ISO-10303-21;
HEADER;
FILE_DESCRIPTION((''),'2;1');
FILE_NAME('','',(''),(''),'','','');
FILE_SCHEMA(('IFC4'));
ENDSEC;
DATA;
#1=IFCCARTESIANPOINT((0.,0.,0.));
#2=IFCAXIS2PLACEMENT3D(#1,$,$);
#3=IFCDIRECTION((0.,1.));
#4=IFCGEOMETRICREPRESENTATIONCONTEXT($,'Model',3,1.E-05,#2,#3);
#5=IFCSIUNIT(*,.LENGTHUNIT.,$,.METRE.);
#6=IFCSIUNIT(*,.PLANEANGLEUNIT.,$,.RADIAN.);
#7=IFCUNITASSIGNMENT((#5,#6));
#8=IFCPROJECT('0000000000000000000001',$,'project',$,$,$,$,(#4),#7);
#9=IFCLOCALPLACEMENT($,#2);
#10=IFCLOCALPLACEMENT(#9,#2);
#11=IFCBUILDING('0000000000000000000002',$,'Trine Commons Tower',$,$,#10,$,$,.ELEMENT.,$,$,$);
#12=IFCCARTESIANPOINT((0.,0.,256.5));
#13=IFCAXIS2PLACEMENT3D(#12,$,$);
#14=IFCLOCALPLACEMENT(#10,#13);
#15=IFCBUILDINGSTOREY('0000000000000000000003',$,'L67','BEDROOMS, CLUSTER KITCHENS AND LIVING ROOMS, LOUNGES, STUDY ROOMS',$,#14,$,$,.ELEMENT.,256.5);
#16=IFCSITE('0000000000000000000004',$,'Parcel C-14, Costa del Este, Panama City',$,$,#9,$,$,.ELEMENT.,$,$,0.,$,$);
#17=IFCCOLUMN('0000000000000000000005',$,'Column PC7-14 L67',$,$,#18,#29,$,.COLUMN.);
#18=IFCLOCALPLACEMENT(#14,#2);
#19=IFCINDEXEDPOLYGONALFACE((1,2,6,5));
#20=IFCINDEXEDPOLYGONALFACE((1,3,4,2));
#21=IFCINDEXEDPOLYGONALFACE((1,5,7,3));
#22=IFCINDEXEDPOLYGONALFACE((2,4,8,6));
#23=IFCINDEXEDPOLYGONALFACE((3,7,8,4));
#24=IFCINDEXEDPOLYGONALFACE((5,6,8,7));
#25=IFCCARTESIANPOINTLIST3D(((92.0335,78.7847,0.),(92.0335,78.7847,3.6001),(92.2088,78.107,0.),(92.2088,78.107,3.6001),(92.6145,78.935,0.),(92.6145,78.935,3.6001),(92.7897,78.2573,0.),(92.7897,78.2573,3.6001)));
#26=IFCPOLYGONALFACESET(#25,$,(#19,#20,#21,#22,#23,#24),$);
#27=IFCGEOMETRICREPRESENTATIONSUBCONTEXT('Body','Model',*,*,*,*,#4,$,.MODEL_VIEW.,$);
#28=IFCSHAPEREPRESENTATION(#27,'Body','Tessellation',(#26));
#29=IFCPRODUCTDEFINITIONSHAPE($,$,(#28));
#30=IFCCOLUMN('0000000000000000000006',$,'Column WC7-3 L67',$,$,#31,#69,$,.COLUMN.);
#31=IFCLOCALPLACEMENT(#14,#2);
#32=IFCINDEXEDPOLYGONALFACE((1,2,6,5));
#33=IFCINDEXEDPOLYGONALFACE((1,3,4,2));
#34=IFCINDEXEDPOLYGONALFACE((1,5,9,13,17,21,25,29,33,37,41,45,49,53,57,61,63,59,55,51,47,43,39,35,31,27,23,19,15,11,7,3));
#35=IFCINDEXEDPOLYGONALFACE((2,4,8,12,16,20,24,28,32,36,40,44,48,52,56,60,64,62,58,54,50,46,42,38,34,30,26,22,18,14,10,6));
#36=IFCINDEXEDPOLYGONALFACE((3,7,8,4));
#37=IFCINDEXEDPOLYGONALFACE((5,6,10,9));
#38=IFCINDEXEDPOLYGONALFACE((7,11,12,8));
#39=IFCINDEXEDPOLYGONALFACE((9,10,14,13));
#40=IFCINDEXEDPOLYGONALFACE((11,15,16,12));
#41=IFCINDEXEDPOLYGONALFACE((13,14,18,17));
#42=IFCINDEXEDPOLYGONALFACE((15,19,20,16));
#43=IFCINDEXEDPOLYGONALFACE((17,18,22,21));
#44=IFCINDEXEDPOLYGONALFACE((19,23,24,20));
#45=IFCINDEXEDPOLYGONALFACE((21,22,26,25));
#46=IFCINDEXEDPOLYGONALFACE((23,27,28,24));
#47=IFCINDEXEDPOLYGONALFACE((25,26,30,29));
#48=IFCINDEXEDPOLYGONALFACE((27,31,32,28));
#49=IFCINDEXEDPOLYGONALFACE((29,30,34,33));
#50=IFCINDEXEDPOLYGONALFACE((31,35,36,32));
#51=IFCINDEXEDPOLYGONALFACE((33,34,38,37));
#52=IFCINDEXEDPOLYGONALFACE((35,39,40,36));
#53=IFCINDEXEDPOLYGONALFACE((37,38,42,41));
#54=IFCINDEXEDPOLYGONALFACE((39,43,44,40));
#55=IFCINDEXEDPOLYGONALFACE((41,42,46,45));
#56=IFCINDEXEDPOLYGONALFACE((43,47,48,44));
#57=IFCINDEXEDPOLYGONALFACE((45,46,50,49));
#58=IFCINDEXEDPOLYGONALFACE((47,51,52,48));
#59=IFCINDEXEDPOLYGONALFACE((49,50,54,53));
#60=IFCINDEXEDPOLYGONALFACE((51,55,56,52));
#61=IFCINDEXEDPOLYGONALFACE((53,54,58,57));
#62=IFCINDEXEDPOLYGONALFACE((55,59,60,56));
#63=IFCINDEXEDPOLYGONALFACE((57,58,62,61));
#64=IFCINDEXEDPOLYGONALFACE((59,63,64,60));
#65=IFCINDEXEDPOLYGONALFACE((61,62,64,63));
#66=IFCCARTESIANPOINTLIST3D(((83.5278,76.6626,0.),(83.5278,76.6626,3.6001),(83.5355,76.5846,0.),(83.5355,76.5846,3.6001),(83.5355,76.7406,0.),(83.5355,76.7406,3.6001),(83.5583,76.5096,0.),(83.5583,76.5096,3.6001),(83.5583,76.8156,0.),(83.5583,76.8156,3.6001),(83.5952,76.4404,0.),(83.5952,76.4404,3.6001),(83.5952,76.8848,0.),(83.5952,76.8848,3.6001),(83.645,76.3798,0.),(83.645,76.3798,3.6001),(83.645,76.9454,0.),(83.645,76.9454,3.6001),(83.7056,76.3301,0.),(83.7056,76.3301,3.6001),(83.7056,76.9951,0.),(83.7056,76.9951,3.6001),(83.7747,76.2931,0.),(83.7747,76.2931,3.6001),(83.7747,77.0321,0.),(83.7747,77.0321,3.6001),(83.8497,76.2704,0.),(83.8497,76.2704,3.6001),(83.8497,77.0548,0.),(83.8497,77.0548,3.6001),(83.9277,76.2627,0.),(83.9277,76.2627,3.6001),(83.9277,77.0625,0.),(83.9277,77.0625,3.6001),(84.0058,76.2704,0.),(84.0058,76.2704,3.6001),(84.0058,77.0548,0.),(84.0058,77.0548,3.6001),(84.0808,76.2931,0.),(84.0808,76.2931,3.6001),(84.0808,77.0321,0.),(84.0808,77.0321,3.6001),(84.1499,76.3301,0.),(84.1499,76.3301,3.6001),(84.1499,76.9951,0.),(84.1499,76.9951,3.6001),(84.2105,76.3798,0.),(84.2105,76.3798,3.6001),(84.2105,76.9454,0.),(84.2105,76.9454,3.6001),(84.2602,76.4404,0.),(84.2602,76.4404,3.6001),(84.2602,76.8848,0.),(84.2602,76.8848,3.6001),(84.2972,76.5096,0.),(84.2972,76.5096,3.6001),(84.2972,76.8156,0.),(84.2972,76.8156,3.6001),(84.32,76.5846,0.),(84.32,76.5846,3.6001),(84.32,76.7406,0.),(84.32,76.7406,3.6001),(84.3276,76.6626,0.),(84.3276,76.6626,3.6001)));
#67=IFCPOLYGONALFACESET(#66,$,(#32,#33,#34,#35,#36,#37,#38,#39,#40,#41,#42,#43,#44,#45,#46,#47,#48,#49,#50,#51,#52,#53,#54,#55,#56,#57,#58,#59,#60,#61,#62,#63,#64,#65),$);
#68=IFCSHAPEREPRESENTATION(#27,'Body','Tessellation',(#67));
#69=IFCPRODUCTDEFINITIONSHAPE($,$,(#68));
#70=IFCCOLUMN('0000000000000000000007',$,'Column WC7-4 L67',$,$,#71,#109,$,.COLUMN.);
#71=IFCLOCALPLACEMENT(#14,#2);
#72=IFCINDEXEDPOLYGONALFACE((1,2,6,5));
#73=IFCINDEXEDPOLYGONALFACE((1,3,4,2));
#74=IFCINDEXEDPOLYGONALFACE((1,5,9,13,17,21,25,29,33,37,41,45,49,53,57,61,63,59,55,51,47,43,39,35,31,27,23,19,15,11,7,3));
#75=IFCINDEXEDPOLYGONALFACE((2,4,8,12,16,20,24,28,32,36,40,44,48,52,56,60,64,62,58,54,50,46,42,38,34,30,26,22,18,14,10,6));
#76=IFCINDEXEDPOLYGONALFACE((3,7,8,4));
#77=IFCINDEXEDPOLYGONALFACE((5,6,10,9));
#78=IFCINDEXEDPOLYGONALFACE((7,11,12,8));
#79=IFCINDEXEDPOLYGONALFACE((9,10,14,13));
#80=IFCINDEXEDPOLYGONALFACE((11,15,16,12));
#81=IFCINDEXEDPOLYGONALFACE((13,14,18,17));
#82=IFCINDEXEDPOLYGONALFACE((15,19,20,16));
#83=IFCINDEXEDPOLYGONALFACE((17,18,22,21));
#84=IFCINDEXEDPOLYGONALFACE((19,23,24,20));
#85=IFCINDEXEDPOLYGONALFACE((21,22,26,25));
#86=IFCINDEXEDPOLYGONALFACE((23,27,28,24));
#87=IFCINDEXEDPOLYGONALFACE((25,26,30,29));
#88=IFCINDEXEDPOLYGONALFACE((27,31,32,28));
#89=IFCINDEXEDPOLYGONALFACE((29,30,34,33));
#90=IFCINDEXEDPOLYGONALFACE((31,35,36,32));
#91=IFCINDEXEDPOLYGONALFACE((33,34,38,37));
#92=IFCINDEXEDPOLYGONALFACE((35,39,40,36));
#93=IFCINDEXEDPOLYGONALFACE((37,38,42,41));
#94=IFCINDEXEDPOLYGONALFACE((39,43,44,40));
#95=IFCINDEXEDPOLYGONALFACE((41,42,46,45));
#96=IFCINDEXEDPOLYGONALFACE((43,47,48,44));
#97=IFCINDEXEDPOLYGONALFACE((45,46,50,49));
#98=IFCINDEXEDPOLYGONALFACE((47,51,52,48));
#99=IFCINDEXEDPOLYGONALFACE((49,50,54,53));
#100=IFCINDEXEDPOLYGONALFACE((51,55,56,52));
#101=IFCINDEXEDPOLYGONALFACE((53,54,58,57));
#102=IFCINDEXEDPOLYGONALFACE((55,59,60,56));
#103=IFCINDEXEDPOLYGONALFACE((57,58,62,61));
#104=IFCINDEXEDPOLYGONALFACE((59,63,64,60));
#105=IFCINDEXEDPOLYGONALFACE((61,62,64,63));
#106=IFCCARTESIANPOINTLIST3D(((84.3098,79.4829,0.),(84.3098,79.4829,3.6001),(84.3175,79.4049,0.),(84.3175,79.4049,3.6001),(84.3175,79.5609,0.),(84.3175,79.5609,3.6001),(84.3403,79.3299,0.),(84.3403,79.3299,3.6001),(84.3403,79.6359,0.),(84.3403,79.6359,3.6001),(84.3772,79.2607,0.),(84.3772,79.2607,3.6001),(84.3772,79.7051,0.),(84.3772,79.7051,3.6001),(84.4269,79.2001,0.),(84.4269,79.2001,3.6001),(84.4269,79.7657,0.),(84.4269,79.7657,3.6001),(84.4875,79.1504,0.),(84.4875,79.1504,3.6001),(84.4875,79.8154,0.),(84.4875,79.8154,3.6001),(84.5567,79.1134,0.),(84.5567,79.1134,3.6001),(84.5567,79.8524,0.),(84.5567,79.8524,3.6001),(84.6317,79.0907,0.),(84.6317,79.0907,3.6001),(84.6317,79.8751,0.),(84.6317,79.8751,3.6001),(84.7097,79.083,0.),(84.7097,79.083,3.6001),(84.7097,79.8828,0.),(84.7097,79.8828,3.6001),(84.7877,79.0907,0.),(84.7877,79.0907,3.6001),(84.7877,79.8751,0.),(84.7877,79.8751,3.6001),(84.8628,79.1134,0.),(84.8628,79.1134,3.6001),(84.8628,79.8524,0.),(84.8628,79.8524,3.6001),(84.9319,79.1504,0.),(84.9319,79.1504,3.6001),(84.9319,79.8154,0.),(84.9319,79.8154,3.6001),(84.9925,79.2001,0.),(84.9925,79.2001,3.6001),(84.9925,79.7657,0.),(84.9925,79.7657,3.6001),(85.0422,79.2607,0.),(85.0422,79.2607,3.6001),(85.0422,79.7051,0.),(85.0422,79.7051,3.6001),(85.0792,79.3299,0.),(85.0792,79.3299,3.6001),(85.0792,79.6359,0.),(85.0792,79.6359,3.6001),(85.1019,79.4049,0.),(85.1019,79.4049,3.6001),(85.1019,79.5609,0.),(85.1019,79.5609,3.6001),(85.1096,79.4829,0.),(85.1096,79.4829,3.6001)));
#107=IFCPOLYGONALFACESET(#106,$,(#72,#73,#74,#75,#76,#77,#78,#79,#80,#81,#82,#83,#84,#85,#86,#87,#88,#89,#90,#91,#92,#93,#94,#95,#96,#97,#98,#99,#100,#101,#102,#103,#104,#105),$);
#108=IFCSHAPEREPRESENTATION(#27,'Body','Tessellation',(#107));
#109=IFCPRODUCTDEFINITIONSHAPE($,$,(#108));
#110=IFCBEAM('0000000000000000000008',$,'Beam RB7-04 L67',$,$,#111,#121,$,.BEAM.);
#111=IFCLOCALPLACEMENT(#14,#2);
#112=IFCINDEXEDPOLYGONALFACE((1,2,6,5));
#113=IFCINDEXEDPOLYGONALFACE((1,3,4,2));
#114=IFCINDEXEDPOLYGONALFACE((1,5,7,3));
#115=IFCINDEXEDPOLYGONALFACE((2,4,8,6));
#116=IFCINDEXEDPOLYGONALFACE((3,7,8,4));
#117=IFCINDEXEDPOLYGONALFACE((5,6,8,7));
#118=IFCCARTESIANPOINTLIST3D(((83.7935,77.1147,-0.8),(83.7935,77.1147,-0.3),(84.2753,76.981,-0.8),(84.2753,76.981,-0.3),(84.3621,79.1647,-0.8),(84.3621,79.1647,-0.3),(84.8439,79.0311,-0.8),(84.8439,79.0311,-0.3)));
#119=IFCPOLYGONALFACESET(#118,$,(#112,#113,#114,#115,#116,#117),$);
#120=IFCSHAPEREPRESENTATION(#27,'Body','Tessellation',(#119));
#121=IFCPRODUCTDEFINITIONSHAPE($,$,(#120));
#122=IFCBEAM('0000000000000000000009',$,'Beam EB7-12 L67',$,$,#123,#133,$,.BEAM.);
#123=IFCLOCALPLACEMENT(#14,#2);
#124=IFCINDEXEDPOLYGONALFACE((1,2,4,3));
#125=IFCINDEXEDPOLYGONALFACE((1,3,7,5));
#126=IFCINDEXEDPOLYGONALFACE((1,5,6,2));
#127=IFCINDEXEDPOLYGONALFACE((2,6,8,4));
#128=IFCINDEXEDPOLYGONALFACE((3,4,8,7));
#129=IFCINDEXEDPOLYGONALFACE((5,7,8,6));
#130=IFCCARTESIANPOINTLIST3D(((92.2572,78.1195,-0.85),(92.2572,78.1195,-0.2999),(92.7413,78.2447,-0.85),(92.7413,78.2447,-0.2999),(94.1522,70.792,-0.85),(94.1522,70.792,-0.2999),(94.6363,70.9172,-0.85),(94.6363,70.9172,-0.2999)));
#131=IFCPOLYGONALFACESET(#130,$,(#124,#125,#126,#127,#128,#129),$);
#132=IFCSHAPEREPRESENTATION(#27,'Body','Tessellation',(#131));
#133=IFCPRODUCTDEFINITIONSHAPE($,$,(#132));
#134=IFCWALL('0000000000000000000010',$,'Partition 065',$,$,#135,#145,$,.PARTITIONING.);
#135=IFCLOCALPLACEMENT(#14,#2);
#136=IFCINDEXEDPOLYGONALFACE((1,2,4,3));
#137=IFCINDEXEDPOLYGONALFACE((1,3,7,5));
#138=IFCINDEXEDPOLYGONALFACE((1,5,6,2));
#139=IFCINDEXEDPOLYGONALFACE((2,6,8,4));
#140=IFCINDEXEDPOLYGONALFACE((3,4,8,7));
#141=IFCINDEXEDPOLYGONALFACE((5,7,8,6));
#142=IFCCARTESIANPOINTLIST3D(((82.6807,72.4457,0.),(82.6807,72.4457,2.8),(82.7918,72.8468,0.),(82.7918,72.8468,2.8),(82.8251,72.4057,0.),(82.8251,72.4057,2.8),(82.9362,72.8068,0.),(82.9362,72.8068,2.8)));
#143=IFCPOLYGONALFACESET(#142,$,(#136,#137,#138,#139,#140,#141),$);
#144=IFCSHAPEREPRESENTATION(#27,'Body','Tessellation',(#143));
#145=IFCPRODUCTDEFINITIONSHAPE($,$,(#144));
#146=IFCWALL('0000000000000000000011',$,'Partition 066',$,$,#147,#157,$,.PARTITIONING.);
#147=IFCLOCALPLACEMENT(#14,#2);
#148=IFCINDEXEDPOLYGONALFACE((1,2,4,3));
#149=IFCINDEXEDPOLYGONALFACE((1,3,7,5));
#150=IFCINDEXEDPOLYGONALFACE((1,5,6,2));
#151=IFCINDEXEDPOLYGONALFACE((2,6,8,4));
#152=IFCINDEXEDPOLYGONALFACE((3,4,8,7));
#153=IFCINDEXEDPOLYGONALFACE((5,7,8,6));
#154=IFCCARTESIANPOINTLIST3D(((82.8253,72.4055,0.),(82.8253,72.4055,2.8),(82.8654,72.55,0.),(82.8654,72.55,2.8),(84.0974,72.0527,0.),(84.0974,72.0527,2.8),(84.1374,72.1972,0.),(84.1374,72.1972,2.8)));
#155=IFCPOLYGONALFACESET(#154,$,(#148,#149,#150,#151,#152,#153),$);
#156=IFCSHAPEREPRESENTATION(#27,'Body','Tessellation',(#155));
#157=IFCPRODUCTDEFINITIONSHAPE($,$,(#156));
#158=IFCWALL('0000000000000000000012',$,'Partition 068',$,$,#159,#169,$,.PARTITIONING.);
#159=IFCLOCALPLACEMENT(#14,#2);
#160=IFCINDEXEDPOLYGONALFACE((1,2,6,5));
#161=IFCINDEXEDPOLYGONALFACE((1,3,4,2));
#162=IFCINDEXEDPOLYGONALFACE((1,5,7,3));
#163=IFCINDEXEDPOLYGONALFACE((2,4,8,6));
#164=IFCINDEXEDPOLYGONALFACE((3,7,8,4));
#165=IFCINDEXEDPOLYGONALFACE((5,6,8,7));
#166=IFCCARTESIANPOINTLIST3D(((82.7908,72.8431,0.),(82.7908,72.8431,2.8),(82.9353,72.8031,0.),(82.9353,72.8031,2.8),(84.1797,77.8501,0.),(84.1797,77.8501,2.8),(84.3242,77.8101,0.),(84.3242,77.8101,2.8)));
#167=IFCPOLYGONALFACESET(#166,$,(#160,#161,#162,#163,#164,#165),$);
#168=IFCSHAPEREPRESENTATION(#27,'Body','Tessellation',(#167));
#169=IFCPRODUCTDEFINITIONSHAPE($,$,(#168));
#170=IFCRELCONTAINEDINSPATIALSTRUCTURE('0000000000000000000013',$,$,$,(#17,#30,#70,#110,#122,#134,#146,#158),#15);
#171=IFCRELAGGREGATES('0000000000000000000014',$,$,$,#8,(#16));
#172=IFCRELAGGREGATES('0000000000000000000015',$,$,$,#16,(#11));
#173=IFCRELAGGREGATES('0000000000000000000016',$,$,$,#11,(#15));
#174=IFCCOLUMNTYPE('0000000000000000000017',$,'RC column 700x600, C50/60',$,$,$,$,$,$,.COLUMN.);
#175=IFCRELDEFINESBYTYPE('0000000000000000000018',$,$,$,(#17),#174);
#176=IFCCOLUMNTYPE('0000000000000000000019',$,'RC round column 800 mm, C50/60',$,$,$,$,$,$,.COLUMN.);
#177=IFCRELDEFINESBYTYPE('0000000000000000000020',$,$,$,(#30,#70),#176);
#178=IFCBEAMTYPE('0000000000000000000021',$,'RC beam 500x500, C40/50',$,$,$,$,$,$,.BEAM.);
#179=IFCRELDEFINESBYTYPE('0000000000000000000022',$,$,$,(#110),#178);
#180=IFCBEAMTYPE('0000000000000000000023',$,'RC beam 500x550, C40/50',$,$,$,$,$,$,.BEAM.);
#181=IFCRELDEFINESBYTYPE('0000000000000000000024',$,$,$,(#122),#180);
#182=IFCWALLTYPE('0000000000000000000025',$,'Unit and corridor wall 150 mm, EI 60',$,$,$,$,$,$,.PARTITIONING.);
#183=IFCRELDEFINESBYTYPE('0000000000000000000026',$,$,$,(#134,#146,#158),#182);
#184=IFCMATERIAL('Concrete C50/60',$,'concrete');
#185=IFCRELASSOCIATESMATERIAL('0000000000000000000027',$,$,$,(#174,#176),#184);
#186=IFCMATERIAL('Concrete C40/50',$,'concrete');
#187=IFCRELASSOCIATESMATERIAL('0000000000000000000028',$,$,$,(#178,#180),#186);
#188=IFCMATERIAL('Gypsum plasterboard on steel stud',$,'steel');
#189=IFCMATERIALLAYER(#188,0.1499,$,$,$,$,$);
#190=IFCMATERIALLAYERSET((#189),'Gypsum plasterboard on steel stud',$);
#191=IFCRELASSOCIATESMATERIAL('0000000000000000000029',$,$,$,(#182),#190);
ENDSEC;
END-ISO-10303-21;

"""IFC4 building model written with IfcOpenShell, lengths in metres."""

from ifc_helpers import new_model, si_unit, direction, frame, frame_2d, origin, origin_2d, place, context, subcontext, project, spatial, rectangle, circle, extrude, material, layer, layer_set, material_profile, profile_set, type_object, element, save


model = new_model("IFC4")

# Units and contexts
model_context = context("Model", 3, precision=1e-05, world=origin(), true_north=direction((0.0, 1.0)))
body_context = subcontext(model_context, "Body", "Model", "MODEL_VIEW")
ifc_project = project(units=[si_unit("LENGTHUNIT", "METRE"), si_unit("PLANEANGLEUNIT", "RADIAN")], contexts=[model_context])

# Site, building, storey
site_placement = place(None, origin())
site = spatial("IfcSite", under=ifc_project, at=site_placement, Name="Parcel C-14, Costa del Este, Panama City", CompositionType="ELEMENT", RefElevation=0.0)
building_placement = place(site_placement, origin())
building = spatial("IfcBuilding", under=site, at=building_placement, Name="Trine Commons Tower", CompositionType="ELEMENT")
storey_placement = place(building_placement, frame((0.0, 0.0, 256.5)))
storey = spatial("IfcBuildingStorey", under=building, at=storey_placement, Name="L67", Description="BEDROOMS, CLUSTER KITCHENS AND LIVING ROOMS, LOUNGES, STUDY ROOMS", CompositionType="ELEMENT", Elevation=256.5)

# Columns
ifc_material_1 = material(Name="Concrete C50/60", Category="concrete")
ifc_material_profile_1 = material_profile(ifc_material_1, rectangle(XDim=0.7, YDim=0.6001, at=origin_2d()), Name="RC 700x600")
ifc_profile_set_1 = profile_set([ifc_material_profile_1], Name="Concrete C50/60")
column_type_1 = type_object("IfcColumnType", Name="RC column 700x600, C50/60", PredefinedType="COLUMN", material=ifc_profile_set_1)
column_placement = place(storey_placement, frame((92.4116, 78.521, 0.0), z_axis=(0.0, 0.0, 1.0), x_axis=(-0.25038, 0.968148, 0.0)))
element("IfcColumn", 1, at=column_placement, inside=storey, type_object=column_type_1, Name="Column PC7-14 L67", PredefinedType="COLUMN", context=body_context, shape_type="SweptSolid", body=[
    extrude(rectangle(XDim=0.7, YDim=0.6001, at=origin_2d()), origin(), (0.0, 0.0, 1.0), 3.6001),
])
ifc_material_profile_2 = material_profile(ifc_material_1, circle(Radius=0.3999, at=origin_2d()), Name="RC round 800")
ifc_profile_set_2 = profile_set([ifc_material_profile_2], Name="Concrete C50/60")
column_type_2 = type_object("IfcColumnType", Name="RC round column 800 mm, C50/60", PredefinedType="COLUMN", material=ifc_profile_set_2)
for number, where, z_axis, x_axis, name in (
    (2, (83.9277, 76.6626, 0.0), (0.0, 0.0, 1.0), (1.0, 0.0, 0.0), "Column WC7-3 L67"),
    (3, (84.7097, 79.4829, 0.0), (0.0, 0.0, 1.0), (1.0, 0.0, 0.0), "Column WC7-4 L67"),
):
    element("IfcColumn", number, at=place(storey_placement, frame(where, z_axis=z_axis, x_axis=x_axis)), inside=storey, type_object=column_type_2, Name=name, PredefinedType="COLUMN", context=body_context, shape_type="SweptSolid", body=[
        extrude(circle(Radius=0.3999, at=origin_2d()), origin(), (0.0, 0.0, 1.0), 3.6001),
    ])

# Beams
ifc_material_2 = material(Name="Concrete C40/50", Category="concrete")
ifc_material_profile_3 = material_profile(ifc_material_2, rectangle(XDim=0.5, YDim=0.5, at=origin_2d()), Name="RC 500x500")
ifc_profile_set_3 = profile_set([ifc_material_profile_3], Name="Concrete C40/50")
beam_type_1 = type_object("IfcBeamType", Name="RC beam 500x500, C40/50", PredefinedType="BEAM", material=ifc_profile_set_3)
beam_1_placement = place(storey_placement, frame((84.0344, 77.0479, -0.55), z_axis=(0.267271, 0.963621, 0.0), x_axis=(-0.963621, 0.267271, 0.0)))
element("IfcBeam", 4, at=beam_1_placement, inside=storey, type_object=beam_type_1, Name="Beam RB7-04 L67", PredefinedType="BEAM", context=body_context, shape_type="SweptSolid", body=[
    extrude(rectangle(XDim=0.5, YDim=0.5, at=origin_2d()), origin(), (0.0, 0.0, 1.0), 2.1274),
])
ifc_material_profile_4 = material_profile(ifc_material_2, rectangle(XDim=0.5, YDim=0.55, at=origin_2d()), Name="RC 500x550")
ifc_profile_set_4 = profile_set([ifc_material_profile_4], Name="Concrete C40/50")
beam_type_2 = type_object("IfcBeamType", Name="RC beam 500x550, C40/50", PredefinedType="BEAM", material=ifc_profile_set_4)
beam_2_placement = place(storey_placement, frame((92.4993, 78.1821, -0.575), z_axis=(0.250376, -0.968149, 0.0), x_axis=(0.968149, 0.250376, 0.0)))
element("IfcBeam", 5, at=beam_2_placement, inside=storey, type_object=beam_type_2, Name="Beam EB7-12 L67", PredefinedType="BEAM", context=body_context, shape_type="SweptSolid", body=[
    extrude(rectangle(XDim=0.5, YDim=0.55, at=origin_2d()), origin(), (0.0, 0.0, 1.0), 7.5686),
])

# Walls
ifc_material_3 = material(Name="Gypsum plasterboard on steel stud", Category="steel")
ifc_layer_1 = layer(ifc_material_3, 0.1499)
ifc_layer_set_1 = layer_set([ifc_layer_1], Name="Gypsum plasterboard on steel stud")
wall_type_1 = type_object("IfcWallType", Name="Unit and corridor wall 150 mm, EI 60", PredefinedType="PARTITIONING", material=ifc_layer_set_1)
wall_1_placement = place(storey_placement, frame((82.7529, 72.4258, 0.0), z_axis=(0.0, 0.0, 1.0), x_axis=(0.266887, 0.963728, 0.0)))
element("IfcWall", 6, at=wall_1_placement, inside=storey, type_object=wall_type_1, Name="Partition 065", PredefinedType="PARTITIONING", context=body_context, shape_type="SweptSolid", body=[
    extrude(rectangle(XDim=0.4163, YDim=0.1499, at=frame_2d((0.208, 0.0))), origin(), (0.0, 0.0, 1.0), 2.8),
])
wall_2_placement = place(storey_placement, frame((82.8452, 72.4778, 0.0), z_axis=(0.0, 0.0, 1.0), x_axis=(0.963624, -0.267262, 0.0)))
element("IfcWall", 7, at=wall_2_placement, inside=storey, type_object=wall_type_1, Name="Partition 066", PredefinedType="PARTITIONING", context=body_context, shape_type="SweptSolid", body=[
    extrude(rectangle(XDim=1.3201, YDim=0.1499, at=frame_2d((0.6602, 0.0))), origin(), (0.0, 0.0, 1.0), 2.8),
])
wall_3_placement = place(storey_placement, frame((82.863, 72.823, 0.0), z_axis=(0.0, 0.0, 1.0), x_axis=(0.267297, 0.963614, 0.0)))
element("IfcWall", 8, at=wall_3_placement, inside=storey, type_object=wall_type_1, Name="Partition 068", PredefinedType="PARTITIONING", context=body_context, shape_type="SweptSolid", body=[
    extrude(rectangle(XDim=5.196, YDim=0.1499, at=frame_2d((2.5981, 0.0))), origin(), (0.0, 0.0, 1.0), 2.8),
])

save(model, "model.ifc")
